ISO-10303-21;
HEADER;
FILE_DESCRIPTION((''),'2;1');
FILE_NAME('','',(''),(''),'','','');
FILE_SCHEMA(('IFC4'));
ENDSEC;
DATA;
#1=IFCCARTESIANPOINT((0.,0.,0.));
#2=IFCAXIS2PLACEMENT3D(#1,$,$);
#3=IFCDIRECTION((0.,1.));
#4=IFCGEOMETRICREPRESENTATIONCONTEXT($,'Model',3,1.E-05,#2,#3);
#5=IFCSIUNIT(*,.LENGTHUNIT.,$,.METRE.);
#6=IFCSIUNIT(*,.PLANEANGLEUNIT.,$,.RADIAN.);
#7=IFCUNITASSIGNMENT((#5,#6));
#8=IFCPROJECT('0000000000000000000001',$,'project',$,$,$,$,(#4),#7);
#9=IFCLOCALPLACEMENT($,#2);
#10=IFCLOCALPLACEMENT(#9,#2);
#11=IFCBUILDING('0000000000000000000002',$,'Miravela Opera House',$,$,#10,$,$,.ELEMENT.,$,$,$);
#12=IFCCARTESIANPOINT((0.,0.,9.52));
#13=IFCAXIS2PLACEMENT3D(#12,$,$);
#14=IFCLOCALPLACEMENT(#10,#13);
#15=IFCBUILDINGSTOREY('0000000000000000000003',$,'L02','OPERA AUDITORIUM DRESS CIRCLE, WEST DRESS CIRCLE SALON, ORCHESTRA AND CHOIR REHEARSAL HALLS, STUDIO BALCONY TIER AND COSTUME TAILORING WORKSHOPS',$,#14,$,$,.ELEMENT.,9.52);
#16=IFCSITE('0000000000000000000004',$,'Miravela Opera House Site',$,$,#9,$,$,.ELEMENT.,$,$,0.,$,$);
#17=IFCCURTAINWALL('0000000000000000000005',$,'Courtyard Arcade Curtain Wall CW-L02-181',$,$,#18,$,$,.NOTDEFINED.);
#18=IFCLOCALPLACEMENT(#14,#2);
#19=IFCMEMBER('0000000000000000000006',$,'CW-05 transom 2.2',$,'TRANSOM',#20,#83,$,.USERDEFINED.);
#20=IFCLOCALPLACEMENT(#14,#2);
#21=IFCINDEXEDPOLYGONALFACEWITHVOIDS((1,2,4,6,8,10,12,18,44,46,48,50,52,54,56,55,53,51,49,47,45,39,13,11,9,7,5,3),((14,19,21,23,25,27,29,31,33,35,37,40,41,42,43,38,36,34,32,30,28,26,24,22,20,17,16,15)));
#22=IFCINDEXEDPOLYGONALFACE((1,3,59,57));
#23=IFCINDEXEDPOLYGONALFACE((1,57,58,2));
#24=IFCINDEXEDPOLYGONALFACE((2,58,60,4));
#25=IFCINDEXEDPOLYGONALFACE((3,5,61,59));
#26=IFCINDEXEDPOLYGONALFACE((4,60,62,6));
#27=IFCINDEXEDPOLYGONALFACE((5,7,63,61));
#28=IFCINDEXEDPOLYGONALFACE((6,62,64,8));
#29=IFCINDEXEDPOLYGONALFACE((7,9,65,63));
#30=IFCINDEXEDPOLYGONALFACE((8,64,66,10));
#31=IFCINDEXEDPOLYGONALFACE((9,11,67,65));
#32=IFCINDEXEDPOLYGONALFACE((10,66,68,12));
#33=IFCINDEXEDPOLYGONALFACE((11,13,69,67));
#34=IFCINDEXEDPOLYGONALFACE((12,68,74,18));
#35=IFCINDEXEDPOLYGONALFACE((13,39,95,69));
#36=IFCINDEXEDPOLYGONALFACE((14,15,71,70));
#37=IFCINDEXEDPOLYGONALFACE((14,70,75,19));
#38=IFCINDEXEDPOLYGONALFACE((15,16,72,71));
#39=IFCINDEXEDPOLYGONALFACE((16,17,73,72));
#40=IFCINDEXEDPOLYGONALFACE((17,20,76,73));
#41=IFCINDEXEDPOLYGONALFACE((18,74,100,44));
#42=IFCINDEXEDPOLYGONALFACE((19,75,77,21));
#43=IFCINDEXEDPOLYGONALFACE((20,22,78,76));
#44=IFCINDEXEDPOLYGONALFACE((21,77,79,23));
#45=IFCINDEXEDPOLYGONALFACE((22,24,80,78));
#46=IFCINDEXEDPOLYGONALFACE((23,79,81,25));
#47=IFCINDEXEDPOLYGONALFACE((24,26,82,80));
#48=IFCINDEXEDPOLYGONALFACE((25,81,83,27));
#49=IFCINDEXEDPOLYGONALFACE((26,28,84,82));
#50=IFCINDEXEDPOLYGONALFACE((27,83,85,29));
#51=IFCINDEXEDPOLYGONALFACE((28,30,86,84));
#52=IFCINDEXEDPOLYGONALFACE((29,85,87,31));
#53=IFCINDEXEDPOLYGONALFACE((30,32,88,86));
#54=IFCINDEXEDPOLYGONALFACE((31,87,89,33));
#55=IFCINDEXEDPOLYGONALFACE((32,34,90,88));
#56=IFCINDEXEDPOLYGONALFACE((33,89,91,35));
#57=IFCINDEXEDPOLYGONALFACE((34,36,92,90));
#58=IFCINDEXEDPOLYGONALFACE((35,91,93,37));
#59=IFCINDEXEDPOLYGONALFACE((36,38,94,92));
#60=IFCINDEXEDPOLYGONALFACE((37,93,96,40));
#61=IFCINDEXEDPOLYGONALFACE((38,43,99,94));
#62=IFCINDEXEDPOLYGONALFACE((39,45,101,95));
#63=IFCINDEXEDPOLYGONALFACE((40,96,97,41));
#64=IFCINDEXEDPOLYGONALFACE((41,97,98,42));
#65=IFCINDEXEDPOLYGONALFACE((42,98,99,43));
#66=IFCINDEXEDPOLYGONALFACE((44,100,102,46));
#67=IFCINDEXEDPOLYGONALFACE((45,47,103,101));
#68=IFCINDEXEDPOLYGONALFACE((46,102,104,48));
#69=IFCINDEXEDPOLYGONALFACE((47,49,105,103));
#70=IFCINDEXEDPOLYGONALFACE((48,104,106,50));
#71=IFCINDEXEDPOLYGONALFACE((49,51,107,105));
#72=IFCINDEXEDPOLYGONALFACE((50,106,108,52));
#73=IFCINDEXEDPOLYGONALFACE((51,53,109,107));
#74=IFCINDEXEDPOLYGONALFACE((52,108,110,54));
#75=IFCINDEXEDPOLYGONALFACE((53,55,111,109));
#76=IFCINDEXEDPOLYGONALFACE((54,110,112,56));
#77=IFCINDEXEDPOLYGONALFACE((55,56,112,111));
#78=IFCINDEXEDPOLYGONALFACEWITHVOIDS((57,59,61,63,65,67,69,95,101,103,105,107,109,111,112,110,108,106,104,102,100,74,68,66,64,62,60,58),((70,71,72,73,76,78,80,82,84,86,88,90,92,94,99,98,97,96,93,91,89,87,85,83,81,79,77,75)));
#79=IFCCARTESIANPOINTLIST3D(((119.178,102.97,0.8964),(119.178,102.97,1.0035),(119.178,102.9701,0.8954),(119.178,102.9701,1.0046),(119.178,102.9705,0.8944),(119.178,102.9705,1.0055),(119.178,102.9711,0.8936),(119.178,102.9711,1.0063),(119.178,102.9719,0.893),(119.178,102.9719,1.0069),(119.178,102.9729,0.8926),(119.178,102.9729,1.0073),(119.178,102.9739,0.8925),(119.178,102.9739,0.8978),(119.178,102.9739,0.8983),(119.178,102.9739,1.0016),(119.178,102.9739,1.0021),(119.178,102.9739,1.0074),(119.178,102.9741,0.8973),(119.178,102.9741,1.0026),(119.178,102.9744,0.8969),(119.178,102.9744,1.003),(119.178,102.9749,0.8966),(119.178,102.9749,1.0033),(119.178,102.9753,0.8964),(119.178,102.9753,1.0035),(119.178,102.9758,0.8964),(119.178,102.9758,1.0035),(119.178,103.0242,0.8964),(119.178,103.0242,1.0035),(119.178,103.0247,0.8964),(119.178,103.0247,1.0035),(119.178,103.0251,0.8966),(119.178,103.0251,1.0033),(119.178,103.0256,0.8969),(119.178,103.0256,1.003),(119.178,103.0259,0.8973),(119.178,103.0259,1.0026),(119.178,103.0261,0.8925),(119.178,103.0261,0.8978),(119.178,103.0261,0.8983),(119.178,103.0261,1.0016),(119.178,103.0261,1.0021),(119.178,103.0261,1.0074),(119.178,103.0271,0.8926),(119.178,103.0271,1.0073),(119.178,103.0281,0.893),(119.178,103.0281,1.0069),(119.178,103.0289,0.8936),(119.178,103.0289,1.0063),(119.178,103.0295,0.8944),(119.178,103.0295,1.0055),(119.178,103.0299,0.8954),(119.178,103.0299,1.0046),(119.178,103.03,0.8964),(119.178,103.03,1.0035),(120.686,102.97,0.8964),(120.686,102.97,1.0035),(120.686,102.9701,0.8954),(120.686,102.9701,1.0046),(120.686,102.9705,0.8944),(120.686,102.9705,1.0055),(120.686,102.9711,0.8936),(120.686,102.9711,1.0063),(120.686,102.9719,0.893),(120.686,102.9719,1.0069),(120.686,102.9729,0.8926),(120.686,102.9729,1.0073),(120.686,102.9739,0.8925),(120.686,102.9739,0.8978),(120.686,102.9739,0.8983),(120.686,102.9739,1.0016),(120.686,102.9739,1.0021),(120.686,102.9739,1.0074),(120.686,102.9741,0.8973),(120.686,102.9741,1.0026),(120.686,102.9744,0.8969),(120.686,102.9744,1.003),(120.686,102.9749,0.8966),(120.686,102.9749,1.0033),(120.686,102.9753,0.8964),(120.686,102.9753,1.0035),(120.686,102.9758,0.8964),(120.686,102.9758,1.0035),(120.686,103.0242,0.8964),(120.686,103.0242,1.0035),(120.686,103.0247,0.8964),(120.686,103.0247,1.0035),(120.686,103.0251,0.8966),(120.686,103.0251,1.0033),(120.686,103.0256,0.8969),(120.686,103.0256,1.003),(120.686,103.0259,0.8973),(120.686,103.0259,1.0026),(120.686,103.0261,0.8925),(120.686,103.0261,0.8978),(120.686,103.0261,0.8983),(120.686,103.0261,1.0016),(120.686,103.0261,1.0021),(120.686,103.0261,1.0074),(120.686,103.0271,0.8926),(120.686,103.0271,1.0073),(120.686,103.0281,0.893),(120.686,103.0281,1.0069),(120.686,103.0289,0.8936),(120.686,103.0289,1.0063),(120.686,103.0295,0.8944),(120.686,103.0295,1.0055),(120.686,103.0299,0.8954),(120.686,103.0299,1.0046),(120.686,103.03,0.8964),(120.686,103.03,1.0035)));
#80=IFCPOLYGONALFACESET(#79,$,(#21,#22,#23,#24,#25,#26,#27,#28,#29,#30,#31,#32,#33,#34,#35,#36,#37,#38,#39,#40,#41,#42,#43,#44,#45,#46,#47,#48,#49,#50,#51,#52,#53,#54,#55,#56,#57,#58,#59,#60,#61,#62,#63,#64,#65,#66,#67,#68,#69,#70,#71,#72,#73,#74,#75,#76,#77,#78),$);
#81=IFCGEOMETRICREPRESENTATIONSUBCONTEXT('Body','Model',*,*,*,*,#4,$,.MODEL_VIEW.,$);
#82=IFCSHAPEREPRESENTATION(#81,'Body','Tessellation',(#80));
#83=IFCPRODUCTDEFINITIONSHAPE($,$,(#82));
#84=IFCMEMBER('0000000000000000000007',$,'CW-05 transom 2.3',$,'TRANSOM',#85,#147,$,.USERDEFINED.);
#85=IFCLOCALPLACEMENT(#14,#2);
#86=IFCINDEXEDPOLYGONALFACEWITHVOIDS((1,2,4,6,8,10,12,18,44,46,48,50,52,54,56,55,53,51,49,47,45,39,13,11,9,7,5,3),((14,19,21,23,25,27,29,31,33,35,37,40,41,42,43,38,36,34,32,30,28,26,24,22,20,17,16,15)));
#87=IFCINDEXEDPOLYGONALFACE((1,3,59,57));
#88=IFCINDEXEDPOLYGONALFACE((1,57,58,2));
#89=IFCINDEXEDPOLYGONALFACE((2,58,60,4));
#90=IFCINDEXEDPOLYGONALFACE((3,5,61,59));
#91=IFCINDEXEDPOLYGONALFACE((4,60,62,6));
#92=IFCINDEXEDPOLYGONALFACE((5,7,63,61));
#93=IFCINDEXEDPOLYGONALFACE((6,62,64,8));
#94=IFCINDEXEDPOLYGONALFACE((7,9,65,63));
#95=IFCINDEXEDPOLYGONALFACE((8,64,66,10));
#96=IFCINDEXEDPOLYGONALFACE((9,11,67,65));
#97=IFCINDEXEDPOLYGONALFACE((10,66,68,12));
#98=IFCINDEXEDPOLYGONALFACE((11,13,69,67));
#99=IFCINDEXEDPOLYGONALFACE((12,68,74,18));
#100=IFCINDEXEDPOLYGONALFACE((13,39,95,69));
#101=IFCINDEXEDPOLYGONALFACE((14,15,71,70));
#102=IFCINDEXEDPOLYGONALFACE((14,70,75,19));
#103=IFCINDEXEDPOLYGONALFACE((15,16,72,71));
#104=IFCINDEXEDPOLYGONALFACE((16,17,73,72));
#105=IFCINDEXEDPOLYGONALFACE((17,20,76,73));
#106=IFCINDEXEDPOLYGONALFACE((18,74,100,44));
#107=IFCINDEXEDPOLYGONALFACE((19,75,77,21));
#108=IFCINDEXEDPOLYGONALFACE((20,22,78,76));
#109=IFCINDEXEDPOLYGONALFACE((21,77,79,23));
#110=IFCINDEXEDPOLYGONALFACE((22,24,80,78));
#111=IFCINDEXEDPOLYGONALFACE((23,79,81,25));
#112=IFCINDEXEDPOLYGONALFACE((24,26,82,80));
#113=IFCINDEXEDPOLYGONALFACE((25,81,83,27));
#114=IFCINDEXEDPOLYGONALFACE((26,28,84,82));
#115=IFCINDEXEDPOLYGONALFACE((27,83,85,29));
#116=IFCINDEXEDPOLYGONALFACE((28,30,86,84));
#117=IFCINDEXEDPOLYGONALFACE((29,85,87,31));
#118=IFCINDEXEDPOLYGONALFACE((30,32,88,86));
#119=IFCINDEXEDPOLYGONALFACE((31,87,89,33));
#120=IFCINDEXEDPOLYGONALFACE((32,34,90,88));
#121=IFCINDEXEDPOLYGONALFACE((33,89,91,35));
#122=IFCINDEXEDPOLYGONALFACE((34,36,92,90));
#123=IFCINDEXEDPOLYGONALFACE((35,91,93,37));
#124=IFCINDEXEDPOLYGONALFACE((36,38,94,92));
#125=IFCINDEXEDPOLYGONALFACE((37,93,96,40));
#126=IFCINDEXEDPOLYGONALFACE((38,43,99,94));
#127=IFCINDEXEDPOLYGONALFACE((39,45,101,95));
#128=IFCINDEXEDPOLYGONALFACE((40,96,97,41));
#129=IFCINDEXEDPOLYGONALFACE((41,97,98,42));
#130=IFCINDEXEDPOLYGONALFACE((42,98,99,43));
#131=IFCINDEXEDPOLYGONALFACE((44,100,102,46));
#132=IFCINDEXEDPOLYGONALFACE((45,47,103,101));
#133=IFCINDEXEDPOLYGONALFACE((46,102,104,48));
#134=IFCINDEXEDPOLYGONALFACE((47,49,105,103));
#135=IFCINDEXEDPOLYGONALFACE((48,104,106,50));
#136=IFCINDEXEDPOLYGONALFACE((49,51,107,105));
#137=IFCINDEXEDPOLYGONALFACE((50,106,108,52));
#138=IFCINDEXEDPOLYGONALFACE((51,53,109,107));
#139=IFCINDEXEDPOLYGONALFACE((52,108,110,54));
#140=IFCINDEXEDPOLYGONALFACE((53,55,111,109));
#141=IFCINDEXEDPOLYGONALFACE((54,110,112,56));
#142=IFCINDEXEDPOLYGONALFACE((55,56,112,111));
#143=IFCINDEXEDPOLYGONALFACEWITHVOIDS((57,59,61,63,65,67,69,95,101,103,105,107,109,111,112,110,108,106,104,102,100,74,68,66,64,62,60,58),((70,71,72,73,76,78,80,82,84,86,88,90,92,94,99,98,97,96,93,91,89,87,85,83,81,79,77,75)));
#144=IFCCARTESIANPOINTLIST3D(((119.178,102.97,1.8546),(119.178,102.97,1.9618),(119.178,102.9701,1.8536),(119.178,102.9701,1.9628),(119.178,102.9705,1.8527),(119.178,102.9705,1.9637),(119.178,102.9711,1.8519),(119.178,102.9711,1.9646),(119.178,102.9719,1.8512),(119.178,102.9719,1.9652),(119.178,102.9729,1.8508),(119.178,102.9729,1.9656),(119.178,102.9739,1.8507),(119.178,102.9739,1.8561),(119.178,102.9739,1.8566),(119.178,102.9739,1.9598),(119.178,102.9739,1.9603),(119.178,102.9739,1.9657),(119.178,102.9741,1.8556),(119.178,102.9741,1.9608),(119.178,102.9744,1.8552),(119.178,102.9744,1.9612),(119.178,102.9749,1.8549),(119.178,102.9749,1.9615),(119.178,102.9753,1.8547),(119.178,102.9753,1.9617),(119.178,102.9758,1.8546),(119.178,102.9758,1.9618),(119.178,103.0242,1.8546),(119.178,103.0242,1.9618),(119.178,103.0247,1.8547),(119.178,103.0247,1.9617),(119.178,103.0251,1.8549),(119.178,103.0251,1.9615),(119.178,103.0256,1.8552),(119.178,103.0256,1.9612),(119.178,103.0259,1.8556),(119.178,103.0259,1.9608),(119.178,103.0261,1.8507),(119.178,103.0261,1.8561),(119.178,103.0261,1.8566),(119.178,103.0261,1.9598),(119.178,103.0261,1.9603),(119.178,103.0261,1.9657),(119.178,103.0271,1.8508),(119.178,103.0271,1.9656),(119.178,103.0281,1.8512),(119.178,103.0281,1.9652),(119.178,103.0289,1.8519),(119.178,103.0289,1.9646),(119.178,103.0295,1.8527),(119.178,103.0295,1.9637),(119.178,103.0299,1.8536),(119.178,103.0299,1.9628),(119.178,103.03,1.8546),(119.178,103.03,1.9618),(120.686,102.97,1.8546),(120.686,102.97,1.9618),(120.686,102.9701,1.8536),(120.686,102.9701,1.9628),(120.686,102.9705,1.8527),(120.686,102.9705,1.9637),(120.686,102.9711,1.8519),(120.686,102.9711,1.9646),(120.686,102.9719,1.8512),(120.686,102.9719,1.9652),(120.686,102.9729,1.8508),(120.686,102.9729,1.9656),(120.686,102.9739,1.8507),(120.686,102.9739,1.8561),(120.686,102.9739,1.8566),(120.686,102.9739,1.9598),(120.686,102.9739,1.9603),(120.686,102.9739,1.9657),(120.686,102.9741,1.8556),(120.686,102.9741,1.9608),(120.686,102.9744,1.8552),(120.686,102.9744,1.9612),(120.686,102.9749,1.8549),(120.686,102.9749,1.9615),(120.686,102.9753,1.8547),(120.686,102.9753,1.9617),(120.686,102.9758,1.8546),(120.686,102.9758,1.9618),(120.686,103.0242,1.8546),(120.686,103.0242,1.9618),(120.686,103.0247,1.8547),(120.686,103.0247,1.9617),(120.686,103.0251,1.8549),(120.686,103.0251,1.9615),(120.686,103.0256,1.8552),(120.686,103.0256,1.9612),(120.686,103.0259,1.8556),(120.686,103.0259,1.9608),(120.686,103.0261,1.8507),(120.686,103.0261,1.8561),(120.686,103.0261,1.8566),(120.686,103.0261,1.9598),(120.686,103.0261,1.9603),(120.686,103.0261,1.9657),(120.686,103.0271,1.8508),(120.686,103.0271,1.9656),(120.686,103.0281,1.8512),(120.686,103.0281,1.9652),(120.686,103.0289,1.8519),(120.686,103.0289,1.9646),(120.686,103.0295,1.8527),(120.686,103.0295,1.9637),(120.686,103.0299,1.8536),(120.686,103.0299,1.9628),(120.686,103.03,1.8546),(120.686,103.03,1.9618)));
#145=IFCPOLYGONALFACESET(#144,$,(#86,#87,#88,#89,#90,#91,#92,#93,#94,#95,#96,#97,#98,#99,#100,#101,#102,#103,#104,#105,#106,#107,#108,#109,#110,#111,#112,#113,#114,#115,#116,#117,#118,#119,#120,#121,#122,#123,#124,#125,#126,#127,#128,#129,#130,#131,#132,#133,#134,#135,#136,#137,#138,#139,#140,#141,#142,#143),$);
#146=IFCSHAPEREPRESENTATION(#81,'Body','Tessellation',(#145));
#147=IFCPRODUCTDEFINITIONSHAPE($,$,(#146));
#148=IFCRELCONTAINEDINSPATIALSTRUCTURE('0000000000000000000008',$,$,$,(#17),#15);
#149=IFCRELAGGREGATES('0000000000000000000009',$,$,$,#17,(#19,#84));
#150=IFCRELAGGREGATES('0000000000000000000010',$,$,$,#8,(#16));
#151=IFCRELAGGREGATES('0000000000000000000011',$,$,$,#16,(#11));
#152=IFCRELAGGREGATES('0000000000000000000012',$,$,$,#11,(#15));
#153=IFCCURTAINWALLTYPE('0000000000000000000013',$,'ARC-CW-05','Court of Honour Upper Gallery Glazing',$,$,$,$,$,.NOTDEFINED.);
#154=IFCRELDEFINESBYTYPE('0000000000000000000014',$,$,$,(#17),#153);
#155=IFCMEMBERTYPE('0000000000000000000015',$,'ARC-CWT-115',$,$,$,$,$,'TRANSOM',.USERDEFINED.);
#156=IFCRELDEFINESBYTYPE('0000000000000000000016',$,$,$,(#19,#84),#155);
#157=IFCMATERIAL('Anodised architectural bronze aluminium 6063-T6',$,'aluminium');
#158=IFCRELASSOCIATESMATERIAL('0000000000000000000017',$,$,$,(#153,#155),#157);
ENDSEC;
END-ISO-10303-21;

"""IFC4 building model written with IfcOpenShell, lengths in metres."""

from ifc_helpers import new_model, si_unit, direction, frame, origin, origin_2d, place, context, subcontext, project, spatial, hollow_rectangle, extrude, material, material_profile, profile_set, type_object, element, aggregate, save


model = new_model("IFC4")

# Units and contexts
model_context = context("Model", 3, precision=1e-05, world=origin(), true_north=direction((0.0, 1.0)))
body_context = subcontext(model_context, "Body", "Model", "MODEL_VIEW")
ifc_project = project(units=[si_unit("LENGTHUNIT", "METRE"), si_unit("PLANEANGLEUNIT", "RADIAN")], contexts=[model_context])

# Site, building, storey
site_placement = place(None, origin())
site = spatial("IfcSite", under=ifc_project, at=site_placement, Name="Miravela Opera House Site", CompositionType="ELEMENT", RefElevation=0.0)
building_placement = place(site_placement, origin())
building = spatial("IfcBuilding", under=site, at=building_placement, Name="Miravela Opera House", CompositionType="ELEMENT")
storey_placement = place(building_placement, frame((0.0, 0.0, 9.52)))
storey = spatial("IfcBuildingStorey", under=building, at=storey_placement, Name="L02", Description="OPERA AUDITORIUM DRESS CIRCLE, WEST DRESS CIRCLE SALON, ORCHESTRA AND CHOIR REHEARSAL HALLS, STUDIO BALCONY TIER AND COSTUME TAILORING WORKSHOPS", CompositionType="ELEMENT", Elevation=9.52)

# Curtain wall, members
ifc_material_1 = material(Name="Anodised architectural bronze aluminium 6063-T6", Category="aluminium")
curtain_wall_type = type_object("IfcCurtainWallType", Name="ARC-CW-05", Description="Court of Honour Upper Gallery Glazing", PredefinedType="NOTDEFINED", material=ifc_material_1)
curtain_wall_placement = place(storey_placement, origin())
curtain_wall = element("IfcCurtainWall", 1, at=curtain_wall_placement, inside=storey, type_object=curtain_wall_type, Name="Courtyard Arcade Curtain Wall CW-L02-181", PredefinedType="NOTDEFINED")
ifc_material_profile_1 = material_profile(ifc_material_1, hollow_rectangle(XDim=0.0601, YDim=0.115, WallThickness=0.0039, InnerFilletRadius=0.002, OuterFilletRadius=0.0039, at=origin_2d()), Name="CWT-60X115")
ifc_profile_set_1 = profile_set([ifc_material_profile_1])
member_type_1 = type_object("IfcMemberType", Name="ARC-CWT-115", ElementType="TRANSOM", PredefinedType="USERDEFINED", material=ifc_profile_set_1)
member_1_placement = place(storey_placement, frame((119.178, 103.0, 0.95), z_axis=(1.0, 0.0, 0.0), x_axis=(0.0, 1.0, 0.0)))
member_1 = element("IfcMember", 2, at=member_1_placement, type_object=member_type_1, Name="CW-05 transom 2.2", ObjectType="TRANSOM", PredefinedType="USERDEFINED", context=body_context, shape_type="SweptSolid", body=[
    extrude(hollow_rectangle(XDim=0.0601, YDim=0.115, WallThickness=0.0039, InnerFilletRadius=0.002, OuterFilletRadius=0.0039, at=origin_2d()), origin(), (0.0, 0.0, 1.0), 1.5081),
])
member_2_placement = place(storey_placement, frame((119.178, 103.0, 1.9082), z_axis=(1.0, 0.0, 0.0), x_axis=(0.0, 1.0, 0.0)))
member_2 = element("IfcMember", 3, at=member_2_placement, type_object=member_type_1, Name="CW-05 transom 2.3", ObjectType="TRANSOM", PredefinedType="USERDEFINED", context=body_context, shape_type="SweptSolid", body=[
    extrude(hollow_rectangle(XDim=0.0601, YDim=0.115, WallThickness=0.0039, InnerFilletRadius=0.002, OuterFilletRadius=0.0039, at=origin_2d()), origin(), (0.0, 0.0, 1.0), 1.5081),
])

aggregate(curtain_wall, [member_1, member_2])

save(model, "model.ifc")
